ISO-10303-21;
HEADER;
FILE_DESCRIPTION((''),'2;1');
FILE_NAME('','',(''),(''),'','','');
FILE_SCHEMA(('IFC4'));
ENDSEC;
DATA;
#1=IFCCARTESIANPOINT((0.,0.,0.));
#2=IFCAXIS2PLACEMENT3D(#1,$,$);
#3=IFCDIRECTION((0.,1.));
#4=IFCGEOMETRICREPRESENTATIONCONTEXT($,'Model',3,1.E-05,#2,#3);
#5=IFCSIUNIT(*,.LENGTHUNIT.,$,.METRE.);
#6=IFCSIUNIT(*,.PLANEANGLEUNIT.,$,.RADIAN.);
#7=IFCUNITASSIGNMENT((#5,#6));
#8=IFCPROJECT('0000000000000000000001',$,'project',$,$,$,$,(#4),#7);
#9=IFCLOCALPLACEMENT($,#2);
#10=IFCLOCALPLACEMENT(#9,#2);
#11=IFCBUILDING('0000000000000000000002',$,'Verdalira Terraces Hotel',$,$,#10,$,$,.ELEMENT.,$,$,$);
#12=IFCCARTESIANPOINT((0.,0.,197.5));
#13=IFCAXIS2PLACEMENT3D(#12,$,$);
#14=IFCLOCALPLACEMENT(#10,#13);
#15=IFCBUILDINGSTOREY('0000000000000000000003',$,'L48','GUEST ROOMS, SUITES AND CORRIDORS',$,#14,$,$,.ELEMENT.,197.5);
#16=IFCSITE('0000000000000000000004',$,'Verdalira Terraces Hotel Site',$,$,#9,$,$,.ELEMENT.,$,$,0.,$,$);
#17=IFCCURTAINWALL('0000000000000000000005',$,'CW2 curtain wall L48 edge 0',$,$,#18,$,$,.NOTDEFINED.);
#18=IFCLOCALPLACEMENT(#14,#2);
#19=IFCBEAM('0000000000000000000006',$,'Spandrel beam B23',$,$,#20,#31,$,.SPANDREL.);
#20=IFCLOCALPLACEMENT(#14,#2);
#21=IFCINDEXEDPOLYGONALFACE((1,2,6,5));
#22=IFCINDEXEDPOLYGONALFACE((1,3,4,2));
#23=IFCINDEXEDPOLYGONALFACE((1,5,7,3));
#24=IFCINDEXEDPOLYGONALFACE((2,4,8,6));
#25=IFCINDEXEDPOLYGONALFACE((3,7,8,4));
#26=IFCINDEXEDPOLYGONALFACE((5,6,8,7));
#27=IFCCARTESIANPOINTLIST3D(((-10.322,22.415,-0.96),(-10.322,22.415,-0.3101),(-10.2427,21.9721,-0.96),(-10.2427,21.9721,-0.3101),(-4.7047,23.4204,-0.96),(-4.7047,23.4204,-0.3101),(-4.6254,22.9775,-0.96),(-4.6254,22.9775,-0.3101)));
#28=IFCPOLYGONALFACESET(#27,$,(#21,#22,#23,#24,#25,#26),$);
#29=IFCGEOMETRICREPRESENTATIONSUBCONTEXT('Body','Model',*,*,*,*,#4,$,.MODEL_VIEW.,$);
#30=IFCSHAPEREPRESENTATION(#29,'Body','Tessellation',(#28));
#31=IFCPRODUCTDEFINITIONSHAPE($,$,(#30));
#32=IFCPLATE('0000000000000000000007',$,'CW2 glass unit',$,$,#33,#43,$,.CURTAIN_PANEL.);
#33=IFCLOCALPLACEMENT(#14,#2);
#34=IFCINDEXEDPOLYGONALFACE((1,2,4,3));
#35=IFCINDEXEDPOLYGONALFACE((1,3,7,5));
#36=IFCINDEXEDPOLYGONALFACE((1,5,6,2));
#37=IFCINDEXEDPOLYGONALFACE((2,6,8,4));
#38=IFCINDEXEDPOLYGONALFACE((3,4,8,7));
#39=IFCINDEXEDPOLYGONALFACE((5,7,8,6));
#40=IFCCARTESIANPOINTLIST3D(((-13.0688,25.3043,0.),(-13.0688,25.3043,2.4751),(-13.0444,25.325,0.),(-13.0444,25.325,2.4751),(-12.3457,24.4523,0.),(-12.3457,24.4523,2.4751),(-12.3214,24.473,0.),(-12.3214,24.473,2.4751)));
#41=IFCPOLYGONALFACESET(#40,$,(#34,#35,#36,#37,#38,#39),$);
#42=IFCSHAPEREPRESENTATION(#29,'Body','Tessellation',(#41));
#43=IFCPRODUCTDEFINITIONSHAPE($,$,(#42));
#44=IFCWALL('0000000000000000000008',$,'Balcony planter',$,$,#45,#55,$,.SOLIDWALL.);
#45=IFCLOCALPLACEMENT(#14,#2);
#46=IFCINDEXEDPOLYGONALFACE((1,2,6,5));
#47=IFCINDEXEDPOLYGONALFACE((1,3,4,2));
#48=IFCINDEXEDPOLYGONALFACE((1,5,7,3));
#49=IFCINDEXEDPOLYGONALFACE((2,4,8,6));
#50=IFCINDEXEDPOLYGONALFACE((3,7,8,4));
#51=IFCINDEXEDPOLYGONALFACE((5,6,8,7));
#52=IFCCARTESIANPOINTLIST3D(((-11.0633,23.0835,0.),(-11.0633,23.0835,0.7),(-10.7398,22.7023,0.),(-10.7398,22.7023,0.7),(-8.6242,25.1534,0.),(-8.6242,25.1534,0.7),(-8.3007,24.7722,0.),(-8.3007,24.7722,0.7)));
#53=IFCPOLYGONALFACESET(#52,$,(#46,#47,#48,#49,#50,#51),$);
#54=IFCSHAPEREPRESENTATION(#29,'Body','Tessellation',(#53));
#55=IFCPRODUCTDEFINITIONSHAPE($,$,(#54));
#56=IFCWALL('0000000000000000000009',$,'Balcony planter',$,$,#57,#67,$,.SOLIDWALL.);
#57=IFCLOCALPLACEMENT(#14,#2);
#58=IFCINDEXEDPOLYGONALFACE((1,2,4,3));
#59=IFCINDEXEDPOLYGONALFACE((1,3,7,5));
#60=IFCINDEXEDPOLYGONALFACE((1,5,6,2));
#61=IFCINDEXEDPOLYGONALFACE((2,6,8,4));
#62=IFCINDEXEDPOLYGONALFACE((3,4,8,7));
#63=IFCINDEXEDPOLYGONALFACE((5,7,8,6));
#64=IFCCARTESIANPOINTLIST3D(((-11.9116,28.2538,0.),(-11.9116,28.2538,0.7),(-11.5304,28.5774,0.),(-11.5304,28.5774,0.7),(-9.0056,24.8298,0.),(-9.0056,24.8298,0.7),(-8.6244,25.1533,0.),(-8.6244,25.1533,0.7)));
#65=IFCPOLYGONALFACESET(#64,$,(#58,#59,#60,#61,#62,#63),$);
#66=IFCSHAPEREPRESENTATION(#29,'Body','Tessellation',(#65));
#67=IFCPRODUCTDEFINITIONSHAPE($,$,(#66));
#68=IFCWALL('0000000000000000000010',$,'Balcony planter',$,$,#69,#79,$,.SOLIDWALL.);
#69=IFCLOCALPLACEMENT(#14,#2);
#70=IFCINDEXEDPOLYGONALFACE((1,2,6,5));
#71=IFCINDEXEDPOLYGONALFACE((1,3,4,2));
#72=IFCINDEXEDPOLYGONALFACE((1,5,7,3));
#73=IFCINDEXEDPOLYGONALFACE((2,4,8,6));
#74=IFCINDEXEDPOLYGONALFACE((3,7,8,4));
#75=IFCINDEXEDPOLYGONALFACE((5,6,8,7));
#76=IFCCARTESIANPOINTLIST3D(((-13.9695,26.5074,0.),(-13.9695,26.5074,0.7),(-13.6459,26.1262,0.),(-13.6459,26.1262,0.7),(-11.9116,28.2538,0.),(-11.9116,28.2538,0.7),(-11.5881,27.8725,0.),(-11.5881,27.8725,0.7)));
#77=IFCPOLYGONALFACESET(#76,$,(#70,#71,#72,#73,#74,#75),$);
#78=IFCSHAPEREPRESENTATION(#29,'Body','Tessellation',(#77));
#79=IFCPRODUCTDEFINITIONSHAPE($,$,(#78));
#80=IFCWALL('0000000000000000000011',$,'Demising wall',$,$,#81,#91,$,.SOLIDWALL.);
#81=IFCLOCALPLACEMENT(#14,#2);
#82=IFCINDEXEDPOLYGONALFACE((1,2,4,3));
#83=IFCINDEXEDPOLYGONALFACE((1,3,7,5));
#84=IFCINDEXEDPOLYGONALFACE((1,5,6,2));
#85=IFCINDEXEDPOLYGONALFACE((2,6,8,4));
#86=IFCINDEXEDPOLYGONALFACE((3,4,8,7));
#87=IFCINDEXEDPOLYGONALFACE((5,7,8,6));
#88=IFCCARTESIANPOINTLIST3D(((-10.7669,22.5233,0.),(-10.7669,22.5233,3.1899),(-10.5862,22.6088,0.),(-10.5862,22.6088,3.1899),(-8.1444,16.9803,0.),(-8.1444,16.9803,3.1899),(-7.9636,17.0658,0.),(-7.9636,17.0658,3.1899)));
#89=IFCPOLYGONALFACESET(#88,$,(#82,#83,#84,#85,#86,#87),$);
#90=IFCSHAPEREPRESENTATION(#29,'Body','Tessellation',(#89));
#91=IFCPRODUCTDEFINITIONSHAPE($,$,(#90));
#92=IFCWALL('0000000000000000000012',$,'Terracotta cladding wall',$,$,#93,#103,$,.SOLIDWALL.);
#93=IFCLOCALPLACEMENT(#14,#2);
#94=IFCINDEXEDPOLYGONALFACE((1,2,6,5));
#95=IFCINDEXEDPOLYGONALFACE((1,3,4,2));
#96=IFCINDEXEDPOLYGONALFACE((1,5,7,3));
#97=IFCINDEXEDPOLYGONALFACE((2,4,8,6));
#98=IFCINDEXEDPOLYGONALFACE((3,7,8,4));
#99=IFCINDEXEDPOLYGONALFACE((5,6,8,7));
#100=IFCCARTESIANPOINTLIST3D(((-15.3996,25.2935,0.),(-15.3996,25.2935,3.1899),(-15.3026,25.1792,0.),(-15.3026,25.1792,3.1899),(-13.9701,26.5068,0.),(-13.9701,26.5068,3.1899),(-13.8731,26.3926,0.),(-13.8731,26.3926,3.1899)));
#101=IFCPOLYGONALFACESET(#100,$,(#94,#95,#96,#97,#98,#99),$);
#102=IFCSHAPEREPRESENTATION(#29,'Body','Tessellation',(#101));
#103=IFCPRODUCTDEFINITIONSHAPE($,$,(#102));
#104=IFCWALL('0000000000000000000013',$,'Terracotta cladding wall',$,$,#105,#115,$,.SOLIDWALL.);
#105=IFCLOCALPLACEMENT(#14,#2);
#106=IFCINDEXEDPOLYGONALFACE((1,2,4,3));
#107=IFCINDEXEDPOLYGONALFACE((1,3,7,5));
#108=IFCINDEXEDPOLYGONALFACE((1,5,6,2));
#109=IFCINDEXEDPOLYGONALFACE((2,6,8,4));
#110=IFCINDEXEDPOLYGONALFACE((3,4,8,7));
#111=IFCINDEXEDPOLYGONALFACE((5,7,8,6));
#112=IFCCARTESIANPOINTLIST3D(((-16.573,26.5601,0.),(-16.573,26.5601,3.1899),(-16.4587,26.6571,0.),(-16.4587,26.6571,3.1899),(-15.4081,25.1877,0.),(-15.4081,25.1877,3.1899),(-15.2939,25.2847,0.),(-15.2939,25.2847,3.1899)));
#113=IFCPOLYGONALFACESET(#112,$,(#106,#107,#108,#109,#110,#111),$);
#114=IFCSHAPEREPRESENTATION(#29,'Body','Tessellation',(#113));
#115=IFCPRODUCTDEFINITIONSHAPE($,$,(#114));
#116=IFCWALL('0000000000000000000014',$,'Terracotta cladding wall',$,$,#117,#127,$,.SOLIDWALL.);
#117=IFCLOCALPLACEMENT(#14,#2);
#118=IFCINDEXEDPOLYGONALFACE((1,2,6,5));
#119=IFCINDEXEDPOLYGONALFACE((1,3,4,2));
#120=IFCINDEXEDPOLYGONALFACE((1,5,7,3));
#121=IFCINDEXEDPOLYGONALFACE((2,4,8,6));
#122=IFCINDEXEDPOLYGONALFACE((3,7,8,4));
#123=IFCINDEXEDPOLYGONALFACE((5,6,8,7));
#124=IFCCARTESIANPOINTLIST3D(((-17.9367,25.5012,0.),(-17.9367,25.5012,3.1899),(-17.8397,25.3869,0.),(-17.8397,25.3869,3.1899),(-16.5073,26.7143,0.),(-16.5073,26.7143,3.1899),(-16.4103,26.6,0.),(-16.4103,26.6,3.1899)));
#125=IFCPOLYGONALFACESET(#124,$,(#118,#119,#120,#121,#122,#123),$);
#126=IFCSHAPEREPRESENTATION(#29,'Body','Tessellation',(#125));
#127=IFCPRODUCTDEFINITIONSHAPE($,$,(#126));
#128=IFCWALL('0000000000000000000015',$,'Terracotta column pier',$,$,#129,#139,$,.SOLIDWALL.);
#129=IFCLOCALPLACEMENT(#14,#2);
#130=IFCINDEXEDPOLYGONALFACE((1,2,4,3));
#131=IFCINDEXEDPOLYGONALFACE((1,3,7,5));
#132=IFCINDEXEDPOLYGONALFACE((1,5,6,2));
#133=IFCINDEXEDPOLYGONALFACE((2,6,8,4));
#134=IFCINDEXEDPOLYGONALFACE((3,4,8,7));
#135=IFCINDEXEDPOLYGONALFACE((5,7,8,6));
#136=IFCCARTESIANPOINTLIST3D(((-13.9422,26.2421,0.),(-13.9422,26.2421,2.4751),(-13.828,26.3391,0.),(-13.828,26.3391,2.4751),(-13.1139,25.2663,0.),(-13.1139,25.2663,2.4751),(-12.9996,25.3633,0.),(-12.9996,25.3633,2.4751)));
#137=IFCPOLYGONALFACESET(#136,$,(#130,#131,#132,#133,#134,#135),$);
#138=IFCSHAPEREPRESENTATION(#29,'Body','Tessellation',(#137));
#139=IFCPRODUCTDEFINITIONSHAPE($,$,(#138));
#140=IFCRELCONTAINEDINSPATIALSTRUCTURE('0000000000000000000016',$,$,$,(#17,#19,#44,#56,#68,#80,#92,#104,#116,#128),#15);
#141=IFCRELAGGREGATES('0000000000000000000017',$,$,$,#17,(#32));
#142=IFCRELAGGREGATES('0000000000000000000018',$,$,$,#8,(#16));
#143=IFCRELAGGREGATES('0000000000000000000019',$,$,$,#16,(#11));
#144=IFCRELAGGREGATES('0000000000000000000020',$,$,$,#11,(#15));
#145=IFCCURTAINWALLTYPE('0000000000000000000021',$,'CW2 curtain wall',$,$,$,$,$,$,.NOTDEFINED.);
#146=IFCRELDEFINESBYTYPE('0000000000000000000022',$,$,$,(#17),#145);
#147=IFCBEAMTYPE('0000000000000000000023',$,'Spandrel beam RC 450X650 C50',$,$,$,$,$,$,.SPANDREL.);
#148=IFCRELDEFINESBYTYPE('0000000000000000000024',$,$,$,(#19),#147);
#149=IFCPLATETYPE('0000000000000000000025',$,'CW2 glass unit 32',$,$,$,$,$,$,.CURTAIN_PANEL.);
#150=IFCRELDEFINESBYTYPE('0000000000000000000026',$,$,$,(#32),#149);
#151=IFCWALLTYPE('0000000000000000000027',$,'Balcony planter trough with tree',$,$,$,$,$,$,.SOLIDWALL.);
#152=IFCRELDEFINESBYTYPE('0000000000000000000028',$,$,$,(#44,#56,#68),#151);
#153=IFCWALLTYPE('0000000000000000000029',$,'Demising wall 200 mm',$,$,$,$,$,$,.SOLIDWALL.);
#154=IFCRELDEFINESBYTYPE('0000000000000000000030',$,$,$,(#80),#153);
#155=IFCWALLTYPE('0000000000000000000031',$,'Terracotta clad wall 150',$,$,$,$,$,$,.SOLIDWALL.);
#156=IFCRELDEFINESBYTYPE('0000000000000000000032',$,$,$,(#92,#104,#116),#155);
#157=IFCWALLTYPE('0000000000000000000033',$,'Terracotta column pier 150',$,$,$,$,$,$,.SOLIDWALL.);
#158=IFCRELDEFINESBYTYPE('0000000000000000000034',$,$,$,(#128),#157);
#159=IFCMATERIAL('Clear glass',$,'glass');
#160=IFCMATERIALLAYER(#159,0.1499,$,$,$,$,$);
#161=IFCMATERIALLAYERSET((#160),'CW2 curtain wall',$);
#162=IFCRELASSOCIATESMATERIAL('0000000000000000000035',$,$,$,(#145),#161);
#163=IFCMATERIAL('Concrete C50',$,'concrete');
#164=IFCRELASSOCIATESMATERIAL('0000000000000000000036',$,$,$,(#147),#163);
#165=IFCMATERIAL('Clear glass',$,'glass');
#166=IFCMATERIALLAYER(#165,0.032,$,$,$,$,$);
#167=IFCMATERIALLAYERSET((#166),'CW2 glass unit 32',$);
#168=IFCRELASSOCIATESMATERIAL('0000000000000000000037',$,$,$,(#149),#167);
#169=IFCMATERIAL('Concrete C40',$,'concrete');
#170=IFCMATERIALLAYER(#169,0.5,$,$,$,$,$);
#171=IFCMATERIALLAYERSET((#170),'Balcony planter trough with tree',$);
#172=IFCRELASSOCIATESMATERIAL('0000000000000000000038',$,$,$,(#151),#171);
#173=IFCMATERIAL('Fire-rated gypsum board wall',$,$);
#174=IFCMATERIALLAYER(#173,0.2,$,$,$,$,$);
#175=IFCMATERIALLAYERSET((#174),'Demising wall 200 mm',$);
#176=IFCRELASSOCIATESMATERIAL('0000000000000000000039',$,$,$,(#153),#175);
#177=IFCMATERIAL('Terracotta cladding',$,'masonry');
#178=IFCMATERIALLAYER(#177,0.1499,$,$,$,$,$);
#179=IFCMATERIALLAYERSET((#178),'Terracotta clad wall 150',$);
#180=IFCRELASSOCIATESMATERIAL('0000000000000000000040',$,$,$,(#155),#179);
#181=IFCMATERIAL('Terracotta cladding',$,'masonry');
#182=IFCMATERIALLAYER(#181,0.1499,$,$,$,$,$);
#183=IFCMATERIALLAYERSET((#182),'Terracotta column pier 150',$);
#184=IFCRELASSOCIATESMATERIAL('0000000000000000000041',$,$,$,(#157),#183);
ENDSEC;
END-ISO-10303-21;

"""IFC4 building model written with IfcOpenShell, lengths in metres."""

from ifc_helpers import new_model, si_unit, direction, frame, frame_2d, origin, origin_2d, place, context, subcontext, project, spatial, rectangle, extrude, material, layer, layer_set, material_profile, profile_set, type_object, element, aggregate, save


model = new_model("IFC4")

# Units and contexts
model_context = context("Model", 3, precision=1e-05, world=origin(), true_north=direction((0.0, 1.0)))
body_context = subcontext(model_context, "Body", "Model", "MODEL_VIEW")
ifc_project = project(units=[si_unit("LENGTHUNIT", "METRE"), si_unit("PLANEANGLEUNIT", "RADIAN")], contexts=[model_context])

# Site, building, storey
site_placement = place(None, origin())
site = spatial("IfcSite", under=ifc_project, at=site_placement, Name="Verdalira Terraces Hotel Site", CompositionType="ELEMENT", RefElevation=0.0)
building_placement = place(site_placement, origin())
building = spatial("IfcBuilding", under=site, at=building_placement, Name="Verdalira Terraces Hotel", CompositionType="ELEMENT")
storey_placement = place(building_placement, frame((0.0, 0.0, 197.5)))
storey = spatial("IfcBuildingStorey", under=building, at=storey_placement, Name="L48", Description="GUEST ROOMS, SUITES AND CORRIDORS", CompositionType="ELEMENT", Elevation=197.5)

# Curtain wall
ifc_material_1 = material(Name="Clear glass", Category="glass")
ifc_layer_1 = layer(ifc_material_1, 0.1499)
ifc_layer_set_1 = layer_set([ifc_layer_1], Name="CW2 curtain wall")
curtain_wall_type_1 = type_object("IfcCurtainWallType", Name="CW2 curtain wall", PredefinedType="NOTDEFINED", material=ifc_layer_set_1)
curtain_wall_1_placement = place(storey_placement, origin())
curtain_wall_1 = element("IfcCurtainWall", 1, at=curtain_wall_1_placement, inside=storey, type_object=curtain_wall_type_1, Name="CW2 curtain wall L48 edge 0", PredefinedType="NOTDEFINED")

# Beam
ifc_material_2 = material(Name="Concrete C50", Category="concrete")
ifc_material_profile_1 = material_profile(ifc_material_2, rectangle(XDim=0.45, YDim=0.6499, at=origin_2d()), Name="RC 450X650")
ifc_profile_set_1 = profile_set([ifc_material_profile_1], Name="Concrete C50")
beam_type_1 = type_object("IfcBeamType", Name="Spandrel beam RC 450X650 C50", PredefinedType="SPANDREL", material=ifc_profile_set_1)
beam_1_placement = place(storey_placement, frame((-4.665, 23.199, -0.635), z_axis=(-0.984358, -0.176182, 0.0), x_axis=(0.176182, -0.984358, 0.0)))
element("IfcBeam", 2, at=beam_1_placement, inside=storey, type_object=beam_type_1, Name="Spandrel beam B23", PredefinedType="SPANDREL", context=body_context, shape_type="SweptSolid", body=[
    extrude(rectangle(XDim=0.45, YDim=0.6499, at=origin_2d()), origin(), (0.0, 0.0, 1.0), 5.7065),
])

# Plate
ifc_material_3 = material(Name="Clear glass", Category="glass")
ifc_layer_2 = layer(ifc_material_3, 0.032)
ifc_layer_set_2 = layer_set([ifc_layer_2], Name="CW2 glass unit 32")
plate_type = type_object("IfcPlateType", Name="CW2 glass unit 32", PredefinedType="CURTAIN_PANEL", material=ifc_layer_set_2)
plate_placement = place(storey_placement, frame((-12.6951, 24.8887, 0.0), z_axis=(0.0, 0.0, 1.0), x_axis=(-0.647056, 0.762443, 0.0)))
plate = element("IfcPlate", 3, at=plate_placement, type_object=plate_type, Name="CW2 glass unit", PredefinedType="CURTAIN_PANEL", context=body_context, shape_type="SweptSolid", body=[
    extrude(rectangle(XDim=1.1174, YDim=0.032, at=origin_2d()), origin(), (0.0, 0.0, 1.0), 2.4751),
])
aggregate(curtain_wall_1, [plate])

# Walls
ifc_material_4 = material(Name="Concrete C40", Category="concrete")
ifc_layer_3 = layer(ifc_material_4, 0.5)
ifc_layer_set_3 = layer_set([ifc_layer_3], Name="Balcony planter trough with tree")
wall_type_1 = type_object("IfcWallType", Name="Balcony planter trough with tree", PredefinedType="SOLIDWALL", material=ifc_layer_set_3)
wall_1_placement = place(storey_placement, frame((-10.9016, 22.8928, 0.0), z_axis=(0.0, 0.0, 1.0), x_axis=(0.762448, 0.64705, 0.0)))
element("IfcWall", 4, at=wall_1_placement, inside=storey, type_object=wall_type_1, Name="Balcony planter", PredefinedType="SOLIDWALL", context=body_context, shape_type="SweptSolid", body=[
    extrude(rectangle(XDim=3.199, YDim=0.5, at=frame_2d((1.5996, 0.0))), origin(), (0.0, 0.0, 1.0), 0.7),
])
wall_2_placement = place(storey_placement, frame((-8.8149, 24.9915, 0.0), z_axis=(0.0, 0.0, 1.0), x_axis=(-0.647072, 0.762429, 0.0)))
element("IfcWall", 5, at=wall_2_placement, inside=storey, type_object=wall_type_1, Name="Balcony planter", PredefinedType="SOLIDWALL", context=body_context, shape_type="SweptSolid", body=[
    extrude(rectangle(XDim=4.491, YDim=0.5, at=frame_2d((2.2456, 0.0))), origin(), (0.0, 0.0, 1.0), 0.7),
])
wall_3_placement = place(storey_placement, frame((-11.7498, 28.0632, 0.0), z_axis=(0.0, 0.0, 1.0), x_axis=(-0.762459, -0.647036, 0.0)))
element("IfcWall", 6, at=wall_3_placement, inside=storey, type_object=wall_type_1, Name="Balcony planter", PredefinedType="SOLIDWALL", context=body_context, shape_type="SweptSolid", body=[
    extrude(rectangle(XDim=2.699, YDim=0.5, at=frame_2d((1.3496, 0.0))), origin(), (0.0, 0.0, 1.0), 0.7),
])
ifc_material_5 = material(Name="Fire-rated gypsum board wall")
ifc_layer_4 = layer(ifc_material_5, 0.2)
ifc_layer_set_4 = layer_set([ifc_layer_4], Name="Demising wall 200 mm")
wall_type_2 = type_object("IfcWallType", Name="Demising wall 200 mm", PredefinedType="SOLIDWALL", material=ifc_layer_set_4)
wall_4_placement = place(storey_placement, frame((-10.6765, 22.5659, 0.0), z_axis=(0.0, 0.0, 1.0), x_axis=(0.427679, -0.903931, 0.0)))
element("IfcWall", 7, at=wall_4_placement, inside=storey, type_object=wall_type_2, Name="Demising wall", PredefinedType="SOLIDWALL", context=body_context, shape_type="SweptSolid", body=[
    extrude(rectangle(XDim=6.1321, YDim=0.2, at=frame_2d((3.0659, 0.0))), origin(), (0.0, 0.0, 1.0), 3.1899),
])
ifc_material_6 = material(Name="Terracotta cladding", Category="masonry")
ifc_layer_5 = layer(ifc_material_6, 0.1499)
ifc_layer_set_5 = layer_set([ifc_layer_5], Name="Terracotta clad wall 150")
wall_type_3 = type_object("IfcWallType", Name="Terracotta clad wall 150", PredefinedType="SOLIDWALL", material=ifc_layer_set_5)
wall_5_placement = place(storey_placement, frame((-13.9216, 26.4497, 0.0), z_axis=(0.0, 0.0, 1.0), x_axis=(-0.762373, -0.647138, 0.0)))
element("IfcWall", 8, at=wall_5_placement, inside=storey, type_object=wall_type_3, Name="Terracotta cladding wall", PredefinedType="SOLIDWALL", context=body_context, shape_type="SweptSolid", body=[
    extrude(rectangle(XDim=1.875, YDim=0.1499, at=frame_2d((0.9375, 0.0))), origin(), (0.0, 0.0, 1.0), 3.1899),
])
wall_6_placement = place(storey_placement, frame((-15.3511, 25.2363, 0.0), z_axis=(0.0, 0.0, 1.0), x_axis=(-0.647109, 0.762398, 0.0)))
element("IfcWall", 9, at=wall_6_placement, inside=storey, type_object=wall_type_3, Name="Terracotta cladding wall", PredefinedType="SOLIDWALL", context=body_context, shape_type="SweptSolid", body=[
    extrude(rectangle(XDim=1.8, YDim=0.1499, at=frame_2d((0.8999, 0.0))), origin(), (0.0, 0.0, 1.0), 3.1899),
])
wall_7_placement = place(storey_placement, frame((-16.4587, 26.6572, 0.0), z_axis=(0.0, 0.0, 1.0), x_axis=(-0.762437, -0.647062, 0.0)))
element("IfcWall", 10, at=wall_7_placement, inside=storey, type_object=wall_type_3, Name="Terracotta cladding wall", PredefinedType="SOLIDWALL", context=body_context, shape_type="SweptSolid", body=[
    extrude(rectangle(XDim=1.8748, YDim=0.1499, at=frame_2d((0.9375, 0.0))), origin(), (0.0, 0.0, 1.0), 3.1899),
])
ifc_material_7 = material(Name="Terracotta cladding", Category="masonry")
ifc_layer_6 = layer(ifc_material_7, 0.1499)
ifc_layer_set_6 = layer_set([ifc_layer_6], Name="Terracotta column pier 150")
wall_type_4 = type_object("IfcWallType", Name="Terracotta column pier 150", PredefinedType="SOLIDWALL", material=ifc_layer_set_6)
wall_8_placement = place(storey_placement, frame((-13.0566, 25.3147, 0.0), z_axis=(0.0, 0.0, 1.0), x_axis=(-0.647156, 0.762358, 0.0)))
element("IfcWall", 11, at=wall_8_placement, inside=storey, type_object=wall_type_4, Name="Terracotta column pier", PredefinedType="SOLIDWALL", context=body_context, shape_type="SweptSolid", body=[
    extrude(rectangle(XDim=1.28, YDim=0.1499, at=frame_2d((0.6401, 0.0))), origin(), (0.0, 0.0, 1.0), 2.4751),
])

save(model, "model.ifc")
